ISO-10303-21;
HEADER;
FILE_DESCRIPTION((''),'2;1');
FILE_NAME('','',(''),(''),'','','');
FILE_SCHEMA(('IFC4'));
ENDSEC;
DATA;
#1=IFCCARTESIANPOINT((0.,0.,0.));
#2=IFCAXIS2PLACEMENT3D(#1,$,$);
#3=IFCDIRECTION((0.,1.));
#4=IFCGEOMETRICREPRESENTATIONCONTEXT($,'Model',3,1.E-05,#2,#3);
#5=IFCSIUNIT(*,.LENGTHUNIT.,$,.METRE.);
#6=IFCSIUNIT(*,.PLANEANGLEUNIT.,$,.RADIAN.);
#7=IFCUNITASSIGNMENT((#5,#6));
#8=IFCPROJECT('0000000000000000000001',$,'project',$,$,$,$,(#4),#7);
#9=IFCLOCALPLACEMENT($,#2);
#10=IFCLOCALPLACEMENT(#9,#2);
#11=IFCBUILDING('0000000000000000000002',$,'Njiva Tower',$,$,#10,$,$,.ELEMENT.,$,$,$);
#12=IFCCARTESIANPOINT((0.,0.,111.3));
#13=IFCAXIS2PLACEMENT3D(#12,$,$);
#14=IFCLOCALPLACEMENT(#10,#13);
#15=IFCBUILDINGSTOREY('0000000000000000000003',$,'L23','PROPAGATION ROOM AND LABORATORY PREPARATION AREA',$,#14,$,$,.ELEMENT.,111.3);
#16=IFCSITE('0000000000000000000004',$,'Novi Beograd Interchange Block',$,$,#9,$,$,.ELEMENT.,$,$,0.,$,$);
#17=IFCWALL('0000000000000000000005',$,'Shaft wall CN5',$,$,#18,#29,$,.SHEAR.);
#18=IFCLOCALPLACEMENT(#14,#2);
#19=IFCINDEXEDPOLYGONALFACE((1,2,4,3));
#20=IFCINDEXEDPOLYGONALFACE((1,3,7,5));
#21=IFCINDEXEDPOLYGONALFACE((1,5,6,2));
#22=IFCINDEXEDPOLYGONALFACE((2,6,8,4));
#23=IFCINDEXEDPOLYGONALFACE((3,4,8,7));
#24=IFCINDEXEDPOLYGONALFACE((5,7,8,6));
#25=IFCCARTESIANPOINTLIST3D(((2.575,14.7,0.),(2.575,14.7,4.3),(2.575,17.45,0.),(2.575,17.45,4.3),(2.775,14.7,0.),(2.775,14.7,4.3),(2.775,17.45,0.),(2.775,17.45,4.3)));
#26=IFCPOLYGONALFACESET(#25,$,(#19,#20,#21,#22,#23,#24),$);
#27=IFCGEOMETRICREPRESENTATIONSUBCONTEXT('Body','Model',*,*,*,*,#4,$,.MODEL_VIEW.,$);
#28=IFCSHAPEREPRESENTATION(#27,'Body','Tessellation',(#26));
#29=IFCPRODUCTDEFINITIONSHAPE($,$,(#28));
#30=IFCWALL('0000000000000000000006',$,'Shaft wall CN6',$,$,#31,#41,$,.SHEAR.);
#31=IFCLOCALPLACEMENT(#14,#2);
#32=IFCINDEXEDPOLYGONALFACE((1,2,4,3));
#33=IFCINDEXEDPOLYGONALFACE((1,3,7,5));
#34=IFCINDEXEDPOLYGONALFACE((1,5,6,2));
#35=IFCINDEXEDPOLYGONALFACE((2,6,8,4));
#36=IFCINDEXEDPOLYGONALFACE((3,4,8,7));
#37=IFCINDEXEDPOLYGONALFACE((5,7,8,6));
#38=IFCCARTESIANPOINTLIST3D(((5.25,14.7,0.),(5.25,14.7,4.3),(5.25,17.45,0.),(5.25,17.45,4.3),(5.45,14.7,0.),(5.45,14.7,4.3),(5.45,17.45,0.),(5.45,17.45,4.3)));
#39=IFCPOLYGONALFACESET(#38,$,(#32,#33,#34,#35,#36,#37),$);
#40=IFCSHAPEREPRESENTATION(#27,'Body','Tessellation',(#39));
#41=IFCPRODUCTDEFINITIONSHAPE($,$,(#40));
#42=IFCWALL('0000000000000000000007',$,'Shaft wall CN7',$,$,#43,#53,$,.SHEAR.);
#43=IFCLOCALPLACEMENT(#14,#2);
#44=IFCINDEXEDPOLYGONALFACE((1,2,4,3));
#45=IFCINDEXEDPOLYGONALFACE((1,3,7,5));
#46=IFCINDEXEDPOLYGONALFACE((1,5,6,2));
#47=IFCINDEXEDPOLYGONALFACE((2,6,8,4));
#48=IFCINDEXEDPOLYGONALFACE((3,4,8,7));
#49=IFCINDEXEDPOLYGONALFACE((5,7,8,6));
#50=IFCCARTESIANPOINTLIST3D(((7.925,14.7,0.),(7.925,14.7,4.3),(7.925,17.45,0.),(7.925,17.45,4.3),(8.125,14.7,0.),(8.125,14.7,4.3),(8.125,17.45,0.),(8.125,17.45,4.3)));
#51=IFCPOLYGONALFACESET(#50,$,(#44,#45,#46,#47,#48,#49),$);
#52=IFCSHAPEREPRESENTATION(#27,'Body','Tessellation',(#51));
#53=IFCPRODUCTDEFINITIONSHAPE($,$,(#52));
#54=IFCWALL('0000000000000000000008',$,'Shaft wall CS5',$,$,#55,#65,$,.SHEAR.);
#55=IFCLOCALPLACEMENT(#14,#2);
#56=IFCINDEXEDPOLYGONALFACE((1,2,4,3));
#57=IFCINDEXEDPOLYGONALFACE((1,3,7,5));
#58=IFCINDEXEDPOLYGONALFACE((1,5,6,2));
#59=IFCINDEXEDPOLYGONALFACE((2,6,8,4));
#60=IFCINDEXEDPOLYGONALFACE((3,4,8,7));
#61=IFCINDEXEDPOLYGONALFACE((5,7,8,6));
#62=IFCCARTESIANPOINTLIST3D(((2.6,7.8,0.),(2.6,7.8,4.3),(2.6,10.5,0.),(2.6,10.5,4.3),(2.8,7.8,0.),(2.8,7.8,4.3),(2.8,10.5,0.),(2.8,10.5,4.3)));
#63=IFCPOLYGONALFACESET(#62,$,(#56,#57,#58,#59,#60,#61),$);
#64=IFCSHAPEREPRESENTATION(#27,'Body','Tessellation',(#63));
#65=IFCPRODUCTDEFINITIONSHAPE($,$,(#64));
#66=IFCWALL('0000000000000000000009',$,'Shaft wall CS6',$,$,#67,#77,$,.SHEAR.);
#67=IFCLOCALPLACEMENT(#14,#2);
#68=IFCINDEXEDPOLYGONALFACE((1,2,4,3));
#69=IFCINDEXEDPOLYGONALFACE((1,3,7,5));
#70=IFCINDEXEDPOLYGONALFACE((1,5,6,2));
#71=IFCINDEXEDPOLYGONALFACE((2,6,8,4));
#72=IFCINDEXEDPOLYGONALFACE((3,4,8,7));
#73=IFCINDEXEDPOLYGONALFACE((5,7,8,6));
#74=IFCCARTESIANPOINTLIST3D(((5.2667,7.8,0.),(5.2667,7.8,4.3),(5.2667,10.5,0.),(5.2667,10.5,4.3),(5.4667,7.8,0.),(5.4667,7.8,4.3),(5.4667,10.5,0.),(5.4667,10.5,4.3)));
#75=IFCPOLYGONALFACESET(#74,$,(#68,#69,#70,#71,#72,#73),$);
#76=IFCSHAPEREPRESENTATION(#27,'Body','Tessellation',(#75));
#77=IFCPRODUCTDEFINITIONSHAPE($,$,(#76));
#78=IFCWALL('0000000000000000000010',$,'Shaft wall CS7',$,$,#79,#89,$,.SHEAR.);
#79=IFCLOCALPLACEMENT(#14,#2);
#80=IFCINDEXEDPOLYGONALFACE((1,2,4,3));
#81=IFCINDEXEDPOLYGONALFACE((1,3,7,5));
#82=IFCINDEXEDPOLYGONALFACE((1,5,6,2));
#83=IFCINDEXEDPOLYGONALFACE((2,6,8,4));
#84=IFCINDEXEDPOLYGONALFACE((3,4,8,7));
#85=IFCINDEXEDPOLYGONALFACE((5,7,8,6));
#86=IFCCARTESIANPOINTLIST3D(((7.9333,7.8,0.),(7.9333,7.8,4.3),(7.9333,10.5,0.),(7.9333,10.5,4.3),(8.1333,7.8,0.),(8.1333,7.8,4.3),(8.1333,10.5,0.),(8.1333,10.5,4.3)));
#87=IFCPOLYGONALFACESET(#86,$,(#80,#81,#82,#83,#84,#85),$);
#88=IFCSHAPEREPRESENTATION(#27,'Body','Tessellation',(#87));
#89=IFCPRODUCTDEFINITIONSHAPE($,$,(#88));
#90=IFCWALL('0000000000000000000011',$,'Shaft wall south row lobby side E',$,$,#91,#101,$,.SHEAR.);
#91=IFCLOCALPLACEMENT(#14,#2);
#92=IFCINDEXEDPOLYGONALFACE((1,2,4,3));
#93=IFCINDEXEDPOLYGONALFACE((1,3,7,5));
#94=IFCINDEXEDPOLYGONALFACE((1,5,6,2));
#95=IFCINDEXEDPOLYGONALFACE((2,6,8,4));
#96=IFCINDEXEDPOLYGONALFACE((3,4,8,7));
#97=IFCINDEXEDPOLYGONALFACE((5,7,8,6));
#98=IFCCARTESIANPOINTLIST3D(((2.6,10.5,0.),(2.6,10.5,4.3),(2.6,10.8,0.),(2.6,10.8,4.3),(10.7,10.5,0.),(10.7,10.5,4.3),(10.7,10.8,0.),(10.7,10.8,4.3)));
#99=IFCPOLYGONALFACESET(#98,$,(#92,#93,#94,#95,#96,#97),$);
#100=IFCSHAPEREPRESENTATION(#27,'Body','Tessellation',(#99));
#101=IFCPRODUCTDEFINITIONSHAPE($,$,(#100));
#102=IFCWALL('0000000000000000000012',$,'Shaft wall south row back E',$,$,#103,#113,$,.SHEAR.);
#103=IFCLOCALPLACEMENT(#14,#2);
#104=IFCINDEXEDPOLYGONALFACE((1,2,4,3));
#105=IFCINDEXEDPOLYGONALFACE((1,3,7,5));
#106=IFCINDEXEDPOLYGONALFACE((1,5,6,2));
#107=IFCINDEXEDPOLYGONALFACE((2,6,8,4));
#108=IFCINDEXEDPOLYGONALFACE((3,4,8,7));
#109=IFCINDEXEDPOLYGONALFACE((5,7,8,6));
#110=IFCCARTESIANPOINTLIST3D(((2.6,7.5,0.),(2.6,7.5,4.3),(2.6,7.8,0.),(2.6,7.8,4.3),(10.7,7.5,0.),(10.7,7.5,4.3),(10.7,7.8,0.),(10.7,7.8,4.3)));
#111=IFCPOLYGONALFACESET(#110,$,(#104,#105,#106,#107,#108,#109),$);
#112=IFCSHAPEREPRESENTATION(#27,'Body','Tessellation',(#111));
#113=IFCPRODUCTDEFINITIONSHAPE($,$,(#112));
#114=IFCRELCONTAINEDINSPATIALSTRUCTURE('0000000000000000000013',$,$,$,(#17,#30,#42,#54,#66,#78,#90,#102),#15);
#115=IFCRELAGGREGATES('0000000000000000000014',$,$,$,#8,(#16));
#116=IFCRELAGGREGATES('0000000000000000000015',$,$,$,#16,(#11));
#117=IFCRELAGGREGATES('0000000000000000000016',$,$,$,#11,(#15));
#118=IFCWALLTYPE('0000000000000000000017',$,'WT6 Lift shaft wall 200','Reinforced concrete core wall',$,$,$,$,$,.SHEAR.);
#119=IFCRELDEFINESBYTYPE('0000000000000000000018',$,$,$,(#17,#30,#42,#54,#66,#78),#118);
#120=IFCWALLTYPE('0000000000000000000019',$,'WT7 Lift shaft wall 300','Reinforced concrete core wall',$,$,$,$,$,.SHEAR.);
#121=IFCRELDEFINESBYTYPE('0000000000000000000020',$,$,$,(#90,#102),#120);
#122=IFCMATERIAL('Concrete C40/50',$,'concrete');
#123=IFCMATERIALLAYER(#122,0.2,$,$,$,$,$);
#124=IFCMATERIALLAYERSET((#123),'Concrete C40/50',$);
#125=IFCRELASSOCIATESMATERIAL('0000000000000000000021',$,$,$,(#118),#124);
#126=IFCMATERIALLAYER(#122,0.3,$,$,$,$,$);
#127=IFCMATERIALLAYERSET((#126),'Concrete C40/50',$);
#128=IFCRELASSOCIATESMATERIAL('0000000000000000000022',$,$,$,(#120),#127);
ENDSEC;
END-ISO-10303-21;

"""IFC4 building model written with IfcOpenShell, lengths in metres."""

from ifc_helpers import new_model, si_unit, direction, frame, frame_2d, origin, place, context, subcontext, project, spatial, rectangle, extrude, material, layer, layer_set, type_object, element, save


model = new_model("IFC4")

# Units and contexts
model_context = context("Model", 3, precision=1e-05, world=origin(), true_north=direction((0.0, 1.0)))
body_context = subcontext(model_context, "Body", "Model", "MODEL_VIEW")
ifc_project = project(units=[si_unit("LENGTHUNIT", "METRE"), si_unit("PLANEANGLEUNIT", "RADIAN")], contexts=[model_context])

# Site, building, storey
site_placement = place(None, origin())
site = spatial("IfcSite", under=ifc_project, at=site_placement, Name="Novi Beograd Interchange Block", CompositionType="ELEMENT", RefElevation=0.0)
building_placement = place(site_placement, origin())
building = spatial("IfcBuilding", under=site, at=building_placement, Name="Njiva Tower", CompositionType="ELEMENT")
storey_placement = place(building_placement, frame((0.0, 0.0, 111.3)))
storey = spatial("IfcBuildingStorey", under=building, at=storey_placement, Name="L23", Description="PROPAGATION ROOM AND LABORATORY PREPARATION AREA", CompositionType="ELEMENT", Elevation=111.3)

# Shared definitions
ifc_material_1 = material(Name="Concrete C40/50", Category="concrete")

# Walls
ifc_layer_1 = layer(ifc_material_1, 0.2)
ifc_layer_set_1 = layer_set([ifc_layer_1], Name="Concrete C40/50")
wall_type_1 = type_object("IfcWallType", Name="WT6 Lift shaft wall 200", Description="Reinforced concrete core wall", PredefinedType="SHEAR", material=ifc_layer_set_1)
for number, where, z_axis, x_axis, name in (
    (1, (2.675, 14.7, 0.0), (0.0, 0.0, 1.0), (0.0, 1.0, 0.0), "Shaft wall CN5"),
    (2, (5.35, 14.7, 0.0), (0.0, 0.0, 1.0), (0.0, 1.0, 0.0), "Shaft wall CN6"),
    (3, (8.025, 14.7, 0.0), (0.0, 0.0, 1.0), (0.0, 1.0, 0.0), "Shaft wall CN7"),
):
    element("IfcWall", number, at=place(storey_placement, frame(where, z_axis=z_axis, x_axis=x_axis)), inside=storey, type_object=wall_type_1, Name=name, PredefinedType="SHEAR", context=body_context, shape_type="SweptSolid", body=[
        extrude(rectangle(XDim=2.75, YDim=0.2, at=frame_2d((1.375, 0.0))), origin(), (0.0, 0.0, 1.0), 4.3),
    ])
for number, where, z_axis, x_axis, name in (
    (4, (2.7, 7.8, 0.0), (0.0, 0.0, 1.0), (0.0, 1.0, 0.0), "Shaft wall CS5"),
    (5, (5.3667, 7.8, 0.0), (0.0, 0.0, 1.0), (0.0, 1.0, 0.0), "Shaft wall CS6"),
    (6, (8.0333, 7.8, 0.0), (0.0, 0.0, 1.0), (0.0, 1.0, 0.0), "Shaft wall CS7"),
):
    element("IfcWall", number, at=place(storey_placement, frame(where, z_axis=z_axis, x_axis=x_axis)), inside=storey, type_object=wall_type_1, Name=name, PredefinedType="SHEAR", context=body_context, shape_type="SweptSolid", body=[
        extrude(rectangle(XDim=2.7, YDim=0.2, at=frame_2d((1.35, 0.0))), origin(), (0.0, 0.0, 1.0), 4.3),
    ])
ifc_layer_2 = layer(ifc_material_1, 0.3)
ifc_layer_set_2 = layer_set([ifc_layer_2], Name="Concrete C40/50")
wall_type_2 = type_object("IfcWallType", Name="WT7 Lift shaft wall 300", Description="Reinforced concrete core wall", PredefinedType="SHEAR", material=ifc_layer_set_2)
for number, where, z_axis, x_axis, name in (
    (7, (2.6, 10.65, 0.0), (0.0, 0.0, 1.0), (1.0, 0.0, 0.0), "Shaft wall south row lobby side E"),
    (8, (2.6, 7.65, 0.0), (0.0, 0.0, 1.0), (1.0, 0.0, 0.0), "Shaft wall south row back E"),
):
    element("IfcWall", number, at=place(storey_placement, frame(where, z_axis=z_axis, x_axis=x_axis)), inside=storey, type_object=wall_type_2, Name=name, PredefinedType="SHEAR", context=body_context, shape_type="SweptSolid", body=[
        extrude(rectangle(XDim=8.1, YDim=0.3, at=frame_2d((4.05, 0.0))), origin(), (0.0, 0.0, 1.0), 4.3),
    ])

save(model, "model.ifc")
